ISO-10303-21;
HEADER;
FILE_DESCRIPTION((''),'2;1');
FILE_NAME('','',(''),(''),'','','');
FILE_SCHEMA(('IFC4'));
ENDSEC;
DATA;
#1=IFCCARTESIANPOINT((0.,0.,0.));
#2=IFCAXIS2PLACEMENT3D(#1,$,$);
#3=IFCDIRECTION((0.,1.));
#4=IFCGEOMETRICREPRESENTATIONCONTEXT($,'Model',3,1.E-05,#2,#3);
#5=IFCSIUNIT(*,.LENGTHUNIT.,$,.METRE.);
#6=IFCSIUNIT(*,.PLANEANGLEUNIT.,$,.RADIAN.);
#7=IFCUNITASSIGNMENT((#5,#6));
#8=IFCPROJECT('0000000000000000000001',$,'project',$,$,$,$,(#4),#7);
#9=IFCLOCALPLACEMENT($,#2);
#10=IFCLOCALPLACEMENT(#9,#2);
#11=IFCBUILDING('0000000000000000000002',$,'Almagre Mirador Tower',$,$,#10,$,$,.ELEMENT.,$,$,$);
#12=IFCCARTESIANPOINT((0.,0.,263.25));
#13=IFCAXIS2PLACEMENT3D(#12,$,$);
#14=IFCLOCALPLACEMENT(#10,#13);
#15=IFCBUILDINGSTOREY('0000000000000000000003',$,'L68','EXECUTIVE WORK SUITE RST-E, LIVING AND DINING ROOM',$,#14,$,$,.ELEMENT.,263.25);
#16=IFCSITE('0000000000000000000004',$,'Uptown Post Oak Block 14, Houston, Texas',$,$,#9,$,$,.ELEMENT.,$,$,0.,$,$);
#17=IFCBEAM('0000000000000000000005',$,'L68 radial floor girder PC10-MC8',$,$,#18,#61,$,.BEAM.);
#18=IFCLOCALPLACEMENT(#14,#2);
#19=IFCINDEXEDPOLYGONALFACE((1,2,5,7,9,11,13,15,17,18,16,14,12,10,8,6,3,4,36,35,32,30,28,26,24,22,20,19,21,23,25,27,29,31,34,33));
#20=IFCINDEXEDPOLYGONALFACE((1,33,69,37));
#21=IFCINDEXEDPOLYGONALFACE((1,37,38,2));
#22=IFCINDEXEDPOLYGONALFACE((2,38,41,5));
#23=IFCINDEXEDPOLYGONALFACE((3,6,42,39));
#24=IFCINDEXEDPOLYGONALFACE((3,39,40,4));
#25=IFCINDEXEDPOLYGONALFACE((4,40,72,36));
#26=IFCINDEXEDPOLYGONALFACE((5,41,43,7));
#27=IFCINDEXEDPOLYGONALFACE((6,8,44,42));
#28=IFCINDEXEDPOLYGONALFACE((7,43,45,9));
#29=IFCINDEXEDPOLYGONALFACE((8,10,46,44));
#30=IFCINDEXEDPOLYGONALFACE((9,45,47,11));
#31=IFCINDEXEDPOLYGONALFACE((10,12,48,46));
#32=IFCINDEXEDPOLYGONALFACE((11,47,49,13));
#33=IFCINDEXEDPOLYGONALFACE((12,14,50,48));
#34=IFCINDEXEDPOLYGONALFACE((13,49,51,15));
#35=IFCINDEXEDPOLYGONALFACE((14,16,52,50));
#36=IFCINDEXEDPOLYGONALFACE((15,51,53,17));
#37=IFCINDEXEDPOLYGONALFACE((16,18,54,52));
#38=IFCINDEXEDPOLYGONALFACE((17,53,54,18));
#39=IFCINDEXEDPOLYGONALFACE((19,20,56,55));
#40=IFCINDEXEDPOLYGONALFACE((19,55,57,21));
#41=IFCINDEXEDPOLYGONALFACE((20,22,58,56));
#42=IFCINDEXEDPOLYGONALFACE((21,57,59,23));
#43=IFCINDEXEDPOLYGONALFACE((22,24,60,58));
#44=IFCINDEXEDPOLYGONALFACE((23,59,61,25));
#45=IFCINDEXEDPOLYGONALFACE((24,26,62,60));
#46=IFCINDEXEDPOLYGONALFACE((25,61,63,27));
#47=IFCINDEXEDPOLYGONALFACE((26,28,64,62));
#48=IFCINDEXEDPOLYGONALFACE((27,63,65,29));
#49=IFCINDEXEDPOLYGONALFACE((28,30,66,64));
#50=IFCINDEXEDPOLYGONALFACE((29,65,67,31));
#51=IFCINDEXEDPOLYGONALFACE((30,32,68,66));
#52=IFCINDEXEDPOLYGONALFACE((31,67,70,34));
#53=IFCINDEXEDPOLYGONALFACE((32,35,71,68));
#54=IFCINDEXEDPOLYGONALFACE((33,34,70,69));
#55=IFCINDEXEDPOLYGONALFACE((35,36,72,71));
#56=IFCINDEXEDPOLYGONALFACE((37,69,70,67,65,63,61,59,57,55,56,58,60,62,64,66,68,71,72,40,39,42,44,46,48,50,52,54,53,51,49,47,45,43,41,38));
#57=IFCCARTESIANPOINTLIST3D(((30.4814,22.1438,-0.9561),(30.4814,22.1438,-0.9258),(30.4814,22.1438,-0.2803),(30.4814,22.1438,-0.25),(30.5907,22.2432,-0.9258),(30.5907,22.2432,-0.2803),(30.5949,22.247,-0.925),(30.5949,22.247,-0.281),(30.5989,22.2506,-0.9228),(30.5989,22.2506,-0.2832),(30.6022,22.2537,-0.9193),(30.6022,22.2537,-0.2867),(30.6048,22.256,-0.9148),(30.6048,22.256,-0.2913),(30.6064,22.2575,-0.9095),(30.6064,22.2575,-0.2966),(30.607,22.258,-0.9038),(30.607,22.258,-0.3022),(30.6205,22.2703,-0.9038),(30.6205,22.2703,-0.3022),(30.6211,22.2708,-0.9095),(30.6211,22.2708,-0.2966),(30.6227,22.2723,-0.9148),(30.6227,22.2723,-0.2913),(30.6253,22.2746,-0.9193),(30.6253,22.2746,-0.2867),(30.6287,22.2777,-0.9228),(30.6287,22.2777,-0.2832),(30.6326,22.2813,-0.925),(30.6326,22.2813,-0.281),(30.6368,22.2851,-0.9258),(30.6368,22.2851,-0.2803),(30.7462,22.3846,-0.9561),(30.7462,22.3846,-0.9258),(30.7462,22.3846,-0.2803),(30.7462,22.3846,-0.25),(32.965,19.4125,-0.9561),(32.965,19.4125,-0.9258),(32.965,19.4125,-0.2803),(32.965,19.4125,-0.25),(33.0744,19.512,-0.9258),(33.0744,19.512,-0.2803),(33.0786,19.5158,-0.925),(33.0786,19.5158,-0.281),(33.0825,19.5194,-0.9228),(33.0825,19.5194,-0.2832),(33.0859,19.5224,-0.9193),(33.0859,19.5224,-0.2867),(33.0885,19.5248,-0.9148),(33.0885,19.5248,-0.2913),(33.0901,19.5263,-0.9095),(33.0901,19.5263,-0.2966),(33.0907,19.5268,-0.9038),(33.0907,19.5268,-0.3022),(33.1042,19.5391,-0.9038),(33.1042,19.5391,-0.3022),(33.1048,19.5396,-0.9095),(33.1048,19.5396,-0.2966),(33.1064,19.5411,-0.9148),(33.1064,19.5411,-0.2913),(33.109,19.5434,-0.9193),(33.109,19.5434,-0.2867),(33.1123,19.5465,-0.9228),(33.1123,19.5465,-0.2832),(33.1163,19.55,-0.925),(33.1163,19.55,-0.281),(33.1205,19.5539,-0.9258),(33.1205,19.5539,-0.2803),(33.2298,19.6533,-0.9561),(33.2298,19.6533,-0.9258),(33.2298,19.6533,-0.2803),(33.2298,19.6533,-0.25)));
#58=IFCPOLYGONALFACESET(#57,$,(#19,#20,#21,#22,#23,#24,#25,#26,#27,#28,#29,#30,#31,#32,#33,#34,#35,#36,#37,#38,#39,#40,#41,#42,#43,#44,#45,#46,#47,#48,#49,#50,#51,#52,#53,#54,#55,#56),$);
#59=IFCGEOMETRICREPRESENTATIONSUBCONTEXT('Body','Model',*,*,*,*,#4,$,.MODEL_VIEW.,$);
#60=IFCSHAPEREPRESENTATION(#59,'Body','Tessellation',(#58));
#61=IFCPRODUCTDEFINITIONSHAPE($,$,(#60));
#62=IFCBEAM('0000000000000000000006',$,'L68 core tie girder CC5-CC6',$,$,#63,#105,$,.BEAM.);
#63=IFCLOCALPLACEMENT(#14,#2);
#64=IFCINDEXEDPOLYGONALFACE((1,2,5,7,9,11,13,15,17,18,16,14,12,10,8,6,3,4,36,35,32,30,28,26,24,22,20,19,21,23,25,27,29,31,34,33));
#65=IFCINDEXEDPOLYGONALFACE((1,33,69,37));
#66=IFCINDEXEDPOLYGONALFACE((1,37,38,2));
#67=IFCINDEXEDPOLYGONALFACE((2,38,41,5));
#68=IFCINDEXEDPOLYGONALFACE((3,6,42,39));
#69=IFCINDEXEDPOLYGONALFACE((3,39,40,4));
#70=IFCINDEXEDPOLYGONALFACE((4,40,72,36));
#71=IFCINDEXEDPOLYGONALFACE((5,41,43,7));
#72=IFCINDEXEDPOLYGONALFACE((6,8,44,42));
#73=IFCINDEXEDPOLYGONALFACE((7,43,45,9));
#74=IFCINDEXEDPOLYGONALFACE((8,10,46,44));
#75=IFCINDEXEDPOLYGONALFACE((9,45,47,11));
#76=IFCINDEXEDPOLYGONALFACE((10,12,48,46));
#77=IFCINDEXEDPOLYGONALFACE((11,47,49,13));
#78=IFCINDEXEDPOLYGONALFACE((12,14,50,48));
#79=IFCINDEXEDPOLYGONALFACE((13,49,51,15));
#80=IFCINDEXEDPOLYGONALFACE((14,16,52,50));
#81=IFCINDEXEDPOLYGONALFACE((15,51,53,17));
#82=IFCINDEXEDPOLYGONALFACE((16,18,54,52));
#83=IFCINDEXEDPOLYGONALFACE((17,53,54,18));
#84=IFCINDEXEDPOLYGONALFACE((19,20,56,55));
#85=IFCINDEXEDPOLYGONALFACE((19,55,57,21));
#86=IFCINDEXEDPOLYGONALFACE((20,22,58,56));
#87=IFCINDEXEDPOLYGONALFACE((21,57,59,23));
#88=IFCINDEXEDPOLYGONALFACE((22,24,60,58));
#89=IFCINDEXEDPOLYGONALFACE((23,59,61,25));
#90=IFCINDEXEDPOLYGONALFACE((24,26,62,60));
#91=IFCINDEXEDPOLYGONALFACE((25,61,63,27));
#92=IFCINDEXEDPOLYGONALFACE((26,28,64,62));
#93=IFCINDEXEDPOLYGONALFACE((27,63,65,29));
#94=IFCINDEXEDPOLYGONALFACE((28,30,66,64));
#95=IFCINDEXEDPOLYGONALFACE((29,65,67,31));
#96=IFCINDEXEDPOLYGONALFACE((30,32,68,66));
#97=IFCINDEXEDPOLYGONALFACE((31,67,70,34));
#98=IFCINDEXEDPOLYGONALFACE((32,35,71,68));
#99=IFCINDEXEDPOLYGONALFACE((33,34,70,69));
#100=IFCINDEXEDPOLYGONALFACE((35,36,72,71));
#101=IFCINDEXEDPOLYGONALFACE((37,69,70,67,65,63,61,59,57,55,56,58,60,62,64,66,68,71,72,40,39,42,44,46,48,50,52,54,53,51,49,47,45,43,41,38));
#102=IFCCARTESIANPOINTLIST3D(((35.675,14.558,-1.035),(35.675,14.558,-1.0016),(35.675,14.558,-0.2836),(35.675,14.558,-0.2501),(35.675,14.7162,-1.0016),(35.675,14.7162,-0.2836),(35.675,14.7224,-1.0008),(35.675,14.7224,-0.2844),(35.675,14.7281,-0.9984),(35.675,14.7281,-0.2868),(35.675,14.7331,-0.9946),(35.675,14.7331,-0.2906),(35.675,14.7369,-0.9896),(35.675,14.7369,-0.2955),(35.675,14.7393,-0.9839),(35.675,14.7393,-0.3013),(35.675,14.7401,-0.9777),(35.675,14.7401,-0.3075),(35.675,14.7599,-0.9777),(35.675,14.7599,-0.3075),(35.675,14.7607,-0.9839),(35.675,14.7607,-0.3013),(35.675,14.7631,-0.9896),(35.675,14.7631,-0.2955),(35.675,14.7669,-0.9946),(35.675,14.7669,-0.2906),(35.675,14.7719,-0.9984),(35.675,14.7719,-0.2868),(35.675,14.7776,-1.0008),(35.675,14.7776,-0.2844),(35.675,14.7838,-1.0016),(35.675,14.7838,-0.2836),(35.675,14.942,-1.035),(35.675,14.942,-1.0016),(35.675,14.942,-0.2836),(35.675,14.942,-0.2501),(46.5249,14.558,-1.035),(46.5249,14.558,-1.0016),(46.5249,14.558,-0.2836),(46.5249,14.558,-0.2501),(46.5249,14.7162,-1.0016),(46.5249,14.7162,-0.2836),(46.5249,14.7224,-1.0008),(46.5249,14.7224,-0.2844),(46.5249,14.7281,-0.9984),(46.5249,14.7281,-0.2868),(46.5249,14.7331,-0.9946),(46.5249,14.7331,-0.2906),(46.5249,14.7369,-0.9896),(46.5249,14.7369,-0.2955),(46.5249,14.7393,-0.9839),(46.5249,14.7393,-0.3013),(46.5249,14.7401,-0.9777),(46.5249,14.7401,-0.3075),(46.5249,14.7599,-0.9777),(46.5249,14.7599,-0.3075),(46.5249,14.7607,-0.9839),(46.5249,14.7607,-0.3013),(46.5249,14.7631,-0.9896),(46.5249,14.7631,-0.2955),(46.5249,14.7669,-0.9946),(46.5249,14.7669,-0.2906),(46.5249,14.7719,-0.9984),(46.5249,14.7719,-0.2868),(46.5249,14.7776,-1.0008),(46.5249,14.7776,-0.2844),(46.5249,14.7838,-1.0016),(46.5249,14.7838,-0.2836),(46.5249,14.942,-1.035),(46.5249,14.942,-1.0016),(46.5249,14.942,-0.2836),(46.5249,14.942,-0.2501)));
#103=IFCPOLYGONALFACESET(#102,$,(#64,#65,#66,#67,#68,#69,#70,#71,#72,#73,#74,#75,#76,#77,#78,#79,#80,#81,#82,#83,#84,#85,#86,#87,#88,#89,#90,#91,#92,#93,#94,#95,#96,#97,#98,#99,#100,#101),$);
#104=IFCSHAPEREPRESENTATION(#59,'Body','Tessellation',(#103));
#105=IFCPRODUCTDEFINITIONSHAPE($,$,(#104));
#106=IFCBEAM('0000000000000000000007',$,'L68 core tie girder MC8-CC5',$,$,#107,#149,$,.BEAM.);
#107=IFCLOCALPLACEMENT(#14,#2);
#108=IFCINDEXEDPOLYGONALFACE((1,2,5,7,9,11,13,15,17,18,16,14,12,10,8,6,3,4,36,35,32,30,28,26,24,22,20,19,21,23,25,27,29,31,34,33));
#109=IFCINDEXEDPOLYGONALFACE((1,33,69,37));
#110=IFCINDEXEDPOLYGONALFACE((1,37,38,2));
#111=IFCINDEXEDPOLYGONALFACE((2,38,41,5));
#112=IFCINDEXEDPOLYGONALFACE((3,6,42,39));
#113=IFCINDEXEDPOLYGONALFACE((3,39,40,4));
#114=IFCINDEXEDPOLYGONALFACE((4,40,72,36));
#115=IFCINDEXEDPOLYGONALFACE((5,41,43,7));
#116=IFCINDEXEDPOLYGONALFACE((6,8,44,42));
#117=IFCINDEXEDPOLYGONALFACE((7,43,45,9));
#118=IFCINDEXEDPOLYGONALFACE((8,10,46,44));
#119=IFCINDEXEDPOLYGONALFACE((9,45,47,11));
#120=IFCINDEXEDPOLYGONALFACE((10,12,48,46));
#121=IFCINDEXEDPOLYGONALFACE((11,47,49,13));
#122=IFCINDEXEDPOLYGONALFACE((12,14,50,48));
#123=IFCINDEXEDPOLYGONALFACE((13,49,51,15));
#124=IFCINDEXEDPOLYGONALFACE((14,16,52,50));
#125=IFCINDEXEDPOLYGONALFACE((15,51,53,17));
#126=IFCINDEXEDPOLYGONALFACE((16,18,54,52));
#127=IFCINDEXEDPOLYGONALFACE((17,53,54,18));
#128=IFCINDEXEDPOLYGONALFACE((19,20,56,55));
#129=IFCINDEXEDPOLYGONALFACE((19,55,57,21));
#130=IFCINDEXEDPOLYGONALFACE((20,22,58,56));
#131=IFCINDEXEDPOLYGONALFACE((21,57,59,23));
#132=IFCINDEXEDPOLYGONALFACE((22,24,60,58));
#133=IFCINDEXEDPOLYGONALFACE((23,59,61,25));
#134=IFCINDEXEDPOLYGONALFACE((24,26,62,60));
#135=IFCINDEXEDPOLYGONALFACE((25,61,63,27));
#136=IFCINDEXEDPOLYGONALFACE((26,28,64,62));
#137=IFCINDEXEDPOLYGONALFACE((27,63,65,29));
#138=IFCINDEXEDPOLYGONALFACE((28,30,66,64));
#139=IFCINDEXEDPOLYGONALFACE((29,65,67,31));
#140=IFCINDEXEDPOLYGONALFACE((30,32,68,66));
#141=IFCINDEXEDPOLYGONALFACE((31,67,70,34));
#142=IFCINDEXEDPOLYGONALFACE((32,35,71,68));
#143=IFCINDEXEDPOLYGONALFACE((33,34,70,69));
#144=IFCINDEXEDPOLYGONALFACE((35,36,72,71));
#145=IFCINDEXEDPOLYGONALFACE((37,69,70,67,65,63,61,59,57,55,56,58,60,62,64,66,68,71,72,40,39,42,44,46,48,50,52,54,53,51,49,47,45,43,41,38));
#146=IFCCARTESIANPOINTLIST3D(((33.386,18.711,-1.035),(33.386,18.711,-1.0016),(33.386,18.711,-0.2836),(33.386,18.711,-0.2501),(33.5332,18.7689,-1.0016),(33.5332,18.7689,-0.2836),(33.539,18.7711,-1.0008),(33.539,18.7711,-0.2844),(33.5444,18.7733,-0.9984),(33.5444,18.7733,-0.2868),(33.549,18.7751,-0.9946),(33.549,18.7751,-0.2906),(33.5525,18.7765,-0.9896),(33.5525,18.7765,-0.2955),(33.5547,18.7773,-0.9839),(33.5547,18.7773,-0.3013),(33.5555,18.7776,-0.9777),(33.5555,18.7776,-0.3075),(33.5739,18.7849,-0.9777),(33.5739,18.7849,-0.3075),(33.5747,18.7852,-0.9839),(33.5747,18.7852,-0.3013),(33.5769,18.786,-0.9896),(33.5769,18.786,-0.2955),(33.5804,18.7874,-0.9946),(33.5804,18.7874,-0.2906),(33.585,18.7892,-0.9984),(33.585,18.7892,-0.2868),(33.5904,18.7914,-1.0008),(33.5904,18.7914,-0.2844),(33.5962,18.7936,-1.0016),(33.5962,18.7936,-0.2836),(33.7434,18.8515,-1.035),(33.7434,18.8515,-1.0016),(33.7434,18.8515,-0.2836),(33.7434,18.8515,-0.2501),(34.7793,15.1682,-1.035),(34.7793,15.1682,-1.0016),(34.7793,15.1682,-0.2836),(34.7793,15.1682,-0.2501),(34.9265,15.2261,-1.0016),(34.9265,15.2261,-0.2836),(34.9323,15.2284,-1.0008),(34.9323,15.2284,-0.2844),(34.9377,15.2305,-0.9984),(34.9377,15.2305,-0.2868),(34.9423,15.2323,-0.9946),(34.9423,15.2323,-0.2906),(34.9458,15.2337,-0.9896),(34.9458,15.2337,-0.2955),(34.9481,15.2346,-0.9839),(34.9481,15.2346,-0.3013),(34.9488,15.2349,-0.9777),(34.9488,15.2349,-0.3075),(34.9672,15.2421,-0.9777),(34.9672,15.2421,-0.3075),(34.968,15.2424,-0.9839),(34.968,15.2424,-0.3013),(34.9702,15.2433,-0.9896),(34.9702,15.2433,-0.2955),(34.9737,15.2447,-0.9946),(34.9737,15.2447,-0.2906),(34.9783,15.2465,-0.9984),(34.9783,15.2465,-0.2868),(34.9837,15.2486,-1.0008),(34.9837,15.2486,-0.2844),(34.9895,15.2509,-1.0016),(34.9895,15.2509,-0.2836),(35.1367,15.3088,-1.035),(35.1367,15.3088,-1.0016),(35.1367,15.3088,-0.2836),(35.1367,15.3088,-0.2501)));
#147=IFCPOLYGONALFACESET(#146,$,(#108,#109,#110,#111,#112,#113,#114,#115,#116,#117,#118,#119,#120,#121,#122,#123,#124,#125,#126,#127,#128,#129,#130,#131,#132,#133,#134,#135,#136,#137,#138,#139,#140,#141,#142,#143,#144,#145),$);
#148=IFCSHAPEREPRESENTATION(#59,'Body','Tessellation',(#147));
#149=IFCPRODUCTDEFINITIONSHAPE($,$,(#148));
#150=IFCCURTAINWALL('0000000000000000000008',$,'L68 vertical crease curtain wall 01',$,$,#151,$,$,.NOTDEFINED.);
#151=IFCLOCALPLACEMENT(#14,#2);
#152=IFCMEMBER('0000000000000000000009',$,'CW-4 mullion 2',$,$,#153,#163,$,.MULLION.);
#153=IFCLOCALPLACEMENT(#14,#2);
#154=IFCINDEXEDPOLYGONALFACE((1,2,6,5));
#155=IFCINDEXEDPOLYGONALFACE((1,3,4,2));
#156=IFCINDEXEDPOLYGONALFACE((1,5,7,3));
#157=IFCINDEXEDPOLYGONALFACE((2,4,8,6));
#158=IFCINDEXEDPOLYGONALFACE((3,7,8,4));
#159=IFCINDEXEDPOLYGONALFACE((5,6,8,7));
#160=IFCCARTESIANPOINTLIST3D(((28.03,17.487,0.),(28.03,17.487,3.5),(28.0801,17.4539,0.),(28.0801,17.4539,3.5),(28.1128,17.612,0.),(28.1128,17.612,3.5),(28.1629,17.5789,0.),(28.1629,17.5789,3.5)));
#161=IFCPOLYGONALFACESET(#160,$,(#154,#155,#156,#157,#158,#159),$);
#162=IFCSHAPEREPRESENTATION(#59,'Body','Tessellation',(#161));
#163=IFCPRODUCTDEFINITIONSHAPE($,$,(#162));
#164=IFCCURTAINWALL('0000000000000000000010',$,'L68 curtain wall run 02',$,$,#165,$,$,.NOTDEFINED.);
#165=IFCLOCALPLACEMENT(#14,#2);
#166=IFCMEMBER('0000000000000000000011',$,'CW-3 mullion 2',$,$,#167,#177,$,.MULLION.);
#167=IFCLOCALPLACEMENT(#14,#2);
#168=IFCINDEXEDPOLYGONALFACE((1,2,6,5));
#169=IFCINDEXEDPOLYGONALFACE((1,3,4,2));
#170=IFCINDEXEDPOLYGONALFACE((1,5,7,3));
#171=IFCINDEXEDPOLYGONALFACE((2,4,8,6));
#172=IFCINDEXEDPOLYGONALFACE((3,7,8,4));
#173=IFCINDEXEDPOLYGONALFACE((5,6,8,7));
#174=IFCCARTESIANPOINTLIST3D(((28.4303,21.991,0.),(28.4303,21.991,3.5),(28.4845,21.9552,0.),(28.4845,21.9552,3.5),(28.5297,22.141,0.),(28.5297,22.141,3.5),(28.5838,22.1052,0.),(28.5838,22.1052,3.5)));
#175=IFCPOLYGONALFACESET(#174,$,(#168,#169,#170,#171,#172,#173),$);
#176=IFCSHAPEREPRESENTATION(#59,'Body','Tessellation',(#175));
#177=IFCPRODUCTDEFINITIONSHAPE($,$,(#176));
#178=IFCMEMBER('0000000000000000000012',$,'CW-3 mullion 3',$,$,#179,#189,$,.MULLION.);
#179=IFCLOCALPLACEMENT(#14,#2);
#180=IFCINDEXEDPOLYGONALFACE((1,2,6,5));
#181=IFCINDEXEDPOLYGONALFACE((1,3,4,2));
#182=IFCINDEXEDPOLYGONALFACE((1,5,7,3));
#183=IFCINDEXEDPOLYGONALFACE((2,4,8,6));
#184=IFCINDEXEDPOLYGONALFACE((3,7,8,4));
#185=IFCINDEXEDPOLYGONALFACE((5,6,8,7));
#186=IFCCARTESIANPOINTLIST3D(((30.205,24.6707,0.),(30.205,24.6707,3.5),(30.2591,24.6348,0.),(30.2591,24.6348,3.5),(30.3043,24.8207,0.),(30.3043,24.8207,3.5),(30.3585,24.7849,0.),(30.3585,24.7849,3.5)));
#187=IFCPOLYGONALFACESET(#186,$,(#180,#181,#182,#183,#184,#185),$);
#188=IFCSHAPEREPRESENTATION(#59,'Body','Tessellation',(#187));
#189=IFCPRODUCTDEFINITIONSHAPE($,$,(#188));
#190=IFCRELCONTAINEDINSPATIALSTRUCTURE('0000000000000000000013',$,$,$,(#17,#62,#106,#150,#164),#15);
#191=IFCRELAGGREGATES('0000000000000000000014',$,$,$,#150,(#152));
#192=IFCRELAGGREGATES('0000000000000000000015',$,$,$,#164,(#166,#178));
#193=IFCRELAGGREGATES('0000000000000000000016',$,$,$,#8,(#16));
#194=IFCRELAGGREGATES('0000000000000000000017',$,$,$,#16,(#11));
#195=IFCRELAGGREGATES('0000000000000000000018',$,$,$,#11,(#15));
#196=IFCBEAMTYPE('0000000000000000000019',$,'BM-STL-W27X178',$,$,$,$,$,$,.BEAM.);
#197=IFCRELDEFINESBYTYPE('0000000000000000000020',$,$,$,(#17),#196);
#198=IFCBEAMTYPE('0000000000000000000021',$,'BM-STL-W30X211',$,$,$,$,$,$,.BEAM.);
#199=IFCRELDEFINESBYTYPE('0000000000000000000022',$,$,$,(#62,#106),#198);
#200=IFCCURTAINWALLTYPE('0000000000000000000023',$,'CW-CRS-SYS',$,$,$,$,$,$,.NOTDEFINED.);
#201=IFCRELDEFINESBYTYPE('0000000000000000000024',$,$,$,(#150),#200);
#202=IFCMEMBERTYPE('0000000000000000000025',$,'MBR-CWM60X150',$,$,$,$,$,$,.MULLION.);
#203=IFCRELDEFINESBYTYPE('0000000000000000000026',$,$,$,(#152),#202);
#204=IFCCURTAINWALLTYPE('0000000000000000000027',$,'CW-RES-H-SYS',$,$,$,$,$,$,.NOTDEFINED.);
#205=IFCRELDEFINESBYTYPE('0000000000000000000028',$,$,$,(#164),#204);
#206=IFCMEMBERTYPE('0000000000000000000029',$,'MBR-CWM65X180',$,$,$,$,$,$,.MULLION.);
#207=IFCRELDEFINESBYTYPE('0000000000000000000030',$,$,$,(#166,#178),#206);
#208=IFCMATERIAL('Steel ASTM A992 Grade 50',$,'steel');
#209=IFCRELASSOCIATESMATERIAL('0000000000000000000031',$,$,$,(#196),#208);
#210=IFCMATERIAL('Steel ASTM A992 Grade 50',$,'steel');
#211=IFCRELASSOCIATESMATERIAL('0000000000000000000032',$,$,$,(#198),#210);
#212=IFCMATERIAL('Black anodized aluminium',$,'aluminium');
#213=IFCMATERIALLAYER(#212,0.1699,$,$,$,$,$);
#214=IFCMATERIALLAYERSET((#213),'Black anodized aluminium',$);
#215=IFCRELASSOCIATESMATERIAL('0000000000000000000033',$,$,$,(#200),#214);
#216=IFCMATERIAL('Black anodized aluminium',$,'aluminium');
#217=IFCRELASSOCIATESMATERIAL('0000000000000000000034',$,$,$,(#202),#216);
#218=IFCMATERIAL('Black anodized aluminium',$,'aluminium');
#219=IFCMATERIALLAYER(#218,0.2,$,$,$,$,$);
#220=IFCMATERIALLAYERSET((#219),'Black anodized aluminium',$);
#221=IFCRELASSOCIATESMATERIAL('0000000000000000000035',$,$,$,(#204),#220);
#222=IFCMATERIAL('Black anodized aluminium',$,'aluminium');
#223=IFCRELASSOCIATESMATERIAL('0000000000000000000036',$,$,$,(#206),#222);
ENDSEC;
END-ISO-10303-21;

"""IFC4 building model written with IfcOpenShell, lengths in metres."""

from ifc_helpers import new_model, si_unit, direction, frame, origin, origin_2d, place, context, subcontext, project, spatial, rectangle, i_section, extrude, material, layer, layer_set, material_profile, profile_set, type_object, element, aggregate, save


model = new_model("IFC4")

# Units and contexts
model_context = context("Model", 3, precision=1e-05, world=origin(), true_north=direction((0.0, 1.0)))
body_context = subcontext(model_context, "Body", "Model", "MODEL_VIEW")
ifc_project = project(units=[si_unit("LENGTHUNIT", "METRE"), si_unit("PLANEANGLEUNIT", "RADIAN")], contexts=[model_context])

# Site, building, storey
site_placement = place(None, origin())
site = spatial("IfcSite", under=ifc_project, at=site_placement, Name="Uptown Post Oak Block 14, Houston, Texas", CompositionType="ELEMENT", RefElevation=0.0)
building_placement = place(site_placement, origin())
building = spatial("IfcBuilding", under=site, at=building_placement, Name="Almagre Mirador Tower", CompositionType="ELEMENT")
storey_placement = place(building_placement, frame((0.0, 0.0, 263.25)))
storey = spatial("IfcBuildingStorey", under=building, at=storey_placement, Name="L68", Description="EXECUTIVE WORK SUITE RST-E, LIVING AND DINING ROOM", CompositionType="ELEMENT", Elevation=263.25)

# Beams
ifc_material_1 = material(Name="Steel ASTM A992 Grade 50", Category="steel")
ifc_material_profile_1 = material_profile(ifc_material_1, i_section(OverallWidth=0.3579, OverallDepth=0.7061, WebThickness=0.0183, FlangeThickness=0.0303, FilletRadius=0.022, at=origin_2d()), Name="W27X178")
ifc_profile_set_1 = profile_set([ifc_material_profile_1], Name="Steel ASTM A992 Grade 50")
beam_type_1 = type_object("IfcBeamType", Name="BM-STL-W27X178", PredefinedType="BEAM", material=ifc_profile_set_1)
beam_1_placement = place(storey_placement, frame((30.6138, 22.2642, -0.603), z_axis=(0.672781, -0.739841, 0.0), x_axis=(0.739841, 0.672781, 0.0)))
element("IfcBeam", 1, at=beam_1_placement, inside=storey, type_object=beam_type_1, Name="L68 radial floor girder PC10-MC8", PredefinedType="BEAM", context=body_context, shape_type="SweptSolid", body=[
    extrude(i_section(OverallWidth=0.3579, OverallDepth=0.7061, WebThickness=0.0183, FlangeThickness=0.0303, FilletRadius=0.022, at=origin_2d()), origin(), (0.0, 0.0, 1.0), 3.6917),
])
ifc_material_2 = material(Name="Steel ASTM A992 Grade 50", Category="steel")
ifc_material_profile_2 = material_profile(ifc_material_2, i_section(OverallWidth=0.384, OverallDepth=0.7849, WebThickness=0.0198, FlangeThickness=0.0334, FilletRadius=0.0239, at=origin_2d()), Name="W30X211")
ifc_profile_set_2 = profile_set([ifc_material_profile_2], Name="Steel ASTM A992 Grade 50")
beam_type_2 = type_object("IfcBeamType", Name="BM-STL-W30X211", PredefinedType="BEAM", material=ifc_profile_set_2)
beam_2_placement = place(storey_placement, frame((35.675, 14.75, -0.6426), z_axis=(1.0, 0.0, 0.0), x_axis=(0.0, 1.0, 0.0)))
element("IfcBeam", 2, at=beam_2_placement, inside=storey, type_object=beam_type_2, Name="L68 core tie girder CC5-CC6", PredefinedType="BEAM", context=body_context, shape_type="SweptSolid", body=[
    extrude(i_section(OverallWidth=0.384, OverallDepth=0.7849, WebThickness=0.0198, FlangeThickness=0.0334, FilletRadius=0.0239, at=origin_2d()), origin(), (0.0, 0.0, 1.0), 10.8499),
])
beam_3_placement = place(storey_placement, frame((33.5647, 18.7812, -0.6426), z_axis=(0.366, -0.930615, 0.0), x_axis=(0.930615, 0.366, 0.0)))
element("IfcBeam", 3, at=beam_3_placement, inside=storey, type_object=beam_type_2, Name="L68 core tie girder MC8-CC5", PredefinedType="BEAM", context=body_context, shape_type="SweptSolid", body=[
    extrude(i_section(OverallWidth=0.384, OverallDepth=0.7849, WebThickness=0.0198, FlangeThickness=0.0334, FilletRadius=0.0239, at=origin_2d()), origin(), (0.0, 0.0, 1.0), 3.8069),
])

# Curtain wall, member
ifc_material_3 = material(Name="Black anodized aluminium", Category="aluminium")
ifc_layer_1 = layer(ifc_material_3, 0.1699)
ifc_layer_set_1 = layer_set([ifc_layer_1], Name="Black anodized aluminium")
curtain_wall_type_1 = type_object("IfcCurtainWallType", Name="CW-CRS-SYS", PredefinedType="NOTDEFINED", material=ifc_layer_set_1)
curtain_wall_1_placement = place(storey_placement, origin())
curtain_wall_1 = element("IfcCurtainWall", 4, at=curtain_wall_1_placement, inside=storey, type_object=curtain_wall_type_1, Name="L68 vertical crease curtain wall 01", PredefinedType="NOTDEFINED")
ifc_material_4 = material(Name="Black anodized aluminium", Category="aluminium")
ifc_material_profile_3 = material_profile(ifc_material_4, rectangle(XDim=0.0601, YDim=0.1499, at=origin_2d()), Name="CWM60X150")
ifc_profile_set_3 = profile_set([ifc_material_profile_3], Name="Black anodized aluminium")
member_type_1 = type_object("IfcMemberType", Name="MBR-CWM60X150", PredefinedType="MULLION", material=ifc_profile_set_3)
member_1_placement = place(storey_placement, frame((28.0964, 17.533, 0.0), z_axis=(0.0, 0.0, 1.0), x_axis=(-0.833812, 0.552048, 0.0)))
member_1 = element("IfcMember", 5, at=member_1_placement, type_object=member_type_1, Name="CW-4 mullion 2", PredefinedType="MULLION", context=body_context, shape_type="SweptSolid", body=[
    extrude(rectangle(XDim=0.0601, YDim=0.1499, at=origin_2d()), origin(), (0.0, 0.0, 1.0), 3.5),
])
aggregate(curtain_wall_1, [member_1])

# Curtain wall, members
ifc_material_5 = material(Name="Black anodized aluminium", Category="aluminium")
ifc_layer_2 = layer(ifc_material_5, 0.2)
ifc_layer_set_2 = layer_set([ifc_layer_2], Name="Black anodized aluminium")
curtain_wall_type_2 = type_object("IfcCurtainWallType", Name="CW-RES-H-SYS", PredefinedType="NOTDEFINED", material=ifc_layer_set_2)
curtain_wall_2_placement = place(storey_placement, origin())
curtain_wall_2 = element("IfcCurtainWall", 6, at=curtain_wall_2_placement, inside=storey, type_object=curtain_wall_type_2, Name="L68 curtain wall run 02", PredefinedType="NOTDEFINED")
ifc_material_6 = material(Name="Black anodized aluminium", Category="aluminium")
ifc_material_profile_4 = material_profile(ifc_material_6, rectangle(XDim=0.0649, YDim=0.1799, at=origin_2d()), Name="CWM65X180")
ifc_profile_set_4 = profile_set([ifc_material_profile_4], Name="Black anodized aluminium")
member_type_2 = type_object("IfcMemberType", Name="MBR-CWM65X180", PredefinedType="MULLION", material=ifc_profile_set_4)
member_2_placement = place(storey_placement, frame((28.5071, 22.0481, 0.0), z_axis=(0.0, 0.0, 1.0), x_axis=(-0.833759, 0.552128, 0.0)))
member_2 = element("IfcMember", 7, at=member_2_placement, type_object=member_type_2, Name="CW-3 mullion 2", PredefinedType="MULLION", context=body_context, shape_type="SweptSolid", body=[
    extrude(rectangle(XDim=0.0649, YDim=0.1799, at=origin_2d()), origin(), (0.0, 0.0, 1.0), 3.5),
])
member_3_placement = place(storey_placement, frame((30.2817, 24.7278, 0.0), z_axis=(0.0, 0.0, 1.0), x_axis=(-0.833759, 0.552128, 0.0)))
member_3 = element("IfcMember", 8, at=member_3_placement, type_object=member_type_2, Name="CW-3 mullion 3", PredefinedType="MULLION", context=body_context, shape_type="SweptSolid", body=[
    extrude(rectangle(XDim=0.0649, YDim=0.1799, at=origin_2d()), origin(), (0.0, 0.0, 1.0), 3.5),
])
aggregate(curtain_wall_2, [member_2, member_3])

save(model, "model.ifc")
